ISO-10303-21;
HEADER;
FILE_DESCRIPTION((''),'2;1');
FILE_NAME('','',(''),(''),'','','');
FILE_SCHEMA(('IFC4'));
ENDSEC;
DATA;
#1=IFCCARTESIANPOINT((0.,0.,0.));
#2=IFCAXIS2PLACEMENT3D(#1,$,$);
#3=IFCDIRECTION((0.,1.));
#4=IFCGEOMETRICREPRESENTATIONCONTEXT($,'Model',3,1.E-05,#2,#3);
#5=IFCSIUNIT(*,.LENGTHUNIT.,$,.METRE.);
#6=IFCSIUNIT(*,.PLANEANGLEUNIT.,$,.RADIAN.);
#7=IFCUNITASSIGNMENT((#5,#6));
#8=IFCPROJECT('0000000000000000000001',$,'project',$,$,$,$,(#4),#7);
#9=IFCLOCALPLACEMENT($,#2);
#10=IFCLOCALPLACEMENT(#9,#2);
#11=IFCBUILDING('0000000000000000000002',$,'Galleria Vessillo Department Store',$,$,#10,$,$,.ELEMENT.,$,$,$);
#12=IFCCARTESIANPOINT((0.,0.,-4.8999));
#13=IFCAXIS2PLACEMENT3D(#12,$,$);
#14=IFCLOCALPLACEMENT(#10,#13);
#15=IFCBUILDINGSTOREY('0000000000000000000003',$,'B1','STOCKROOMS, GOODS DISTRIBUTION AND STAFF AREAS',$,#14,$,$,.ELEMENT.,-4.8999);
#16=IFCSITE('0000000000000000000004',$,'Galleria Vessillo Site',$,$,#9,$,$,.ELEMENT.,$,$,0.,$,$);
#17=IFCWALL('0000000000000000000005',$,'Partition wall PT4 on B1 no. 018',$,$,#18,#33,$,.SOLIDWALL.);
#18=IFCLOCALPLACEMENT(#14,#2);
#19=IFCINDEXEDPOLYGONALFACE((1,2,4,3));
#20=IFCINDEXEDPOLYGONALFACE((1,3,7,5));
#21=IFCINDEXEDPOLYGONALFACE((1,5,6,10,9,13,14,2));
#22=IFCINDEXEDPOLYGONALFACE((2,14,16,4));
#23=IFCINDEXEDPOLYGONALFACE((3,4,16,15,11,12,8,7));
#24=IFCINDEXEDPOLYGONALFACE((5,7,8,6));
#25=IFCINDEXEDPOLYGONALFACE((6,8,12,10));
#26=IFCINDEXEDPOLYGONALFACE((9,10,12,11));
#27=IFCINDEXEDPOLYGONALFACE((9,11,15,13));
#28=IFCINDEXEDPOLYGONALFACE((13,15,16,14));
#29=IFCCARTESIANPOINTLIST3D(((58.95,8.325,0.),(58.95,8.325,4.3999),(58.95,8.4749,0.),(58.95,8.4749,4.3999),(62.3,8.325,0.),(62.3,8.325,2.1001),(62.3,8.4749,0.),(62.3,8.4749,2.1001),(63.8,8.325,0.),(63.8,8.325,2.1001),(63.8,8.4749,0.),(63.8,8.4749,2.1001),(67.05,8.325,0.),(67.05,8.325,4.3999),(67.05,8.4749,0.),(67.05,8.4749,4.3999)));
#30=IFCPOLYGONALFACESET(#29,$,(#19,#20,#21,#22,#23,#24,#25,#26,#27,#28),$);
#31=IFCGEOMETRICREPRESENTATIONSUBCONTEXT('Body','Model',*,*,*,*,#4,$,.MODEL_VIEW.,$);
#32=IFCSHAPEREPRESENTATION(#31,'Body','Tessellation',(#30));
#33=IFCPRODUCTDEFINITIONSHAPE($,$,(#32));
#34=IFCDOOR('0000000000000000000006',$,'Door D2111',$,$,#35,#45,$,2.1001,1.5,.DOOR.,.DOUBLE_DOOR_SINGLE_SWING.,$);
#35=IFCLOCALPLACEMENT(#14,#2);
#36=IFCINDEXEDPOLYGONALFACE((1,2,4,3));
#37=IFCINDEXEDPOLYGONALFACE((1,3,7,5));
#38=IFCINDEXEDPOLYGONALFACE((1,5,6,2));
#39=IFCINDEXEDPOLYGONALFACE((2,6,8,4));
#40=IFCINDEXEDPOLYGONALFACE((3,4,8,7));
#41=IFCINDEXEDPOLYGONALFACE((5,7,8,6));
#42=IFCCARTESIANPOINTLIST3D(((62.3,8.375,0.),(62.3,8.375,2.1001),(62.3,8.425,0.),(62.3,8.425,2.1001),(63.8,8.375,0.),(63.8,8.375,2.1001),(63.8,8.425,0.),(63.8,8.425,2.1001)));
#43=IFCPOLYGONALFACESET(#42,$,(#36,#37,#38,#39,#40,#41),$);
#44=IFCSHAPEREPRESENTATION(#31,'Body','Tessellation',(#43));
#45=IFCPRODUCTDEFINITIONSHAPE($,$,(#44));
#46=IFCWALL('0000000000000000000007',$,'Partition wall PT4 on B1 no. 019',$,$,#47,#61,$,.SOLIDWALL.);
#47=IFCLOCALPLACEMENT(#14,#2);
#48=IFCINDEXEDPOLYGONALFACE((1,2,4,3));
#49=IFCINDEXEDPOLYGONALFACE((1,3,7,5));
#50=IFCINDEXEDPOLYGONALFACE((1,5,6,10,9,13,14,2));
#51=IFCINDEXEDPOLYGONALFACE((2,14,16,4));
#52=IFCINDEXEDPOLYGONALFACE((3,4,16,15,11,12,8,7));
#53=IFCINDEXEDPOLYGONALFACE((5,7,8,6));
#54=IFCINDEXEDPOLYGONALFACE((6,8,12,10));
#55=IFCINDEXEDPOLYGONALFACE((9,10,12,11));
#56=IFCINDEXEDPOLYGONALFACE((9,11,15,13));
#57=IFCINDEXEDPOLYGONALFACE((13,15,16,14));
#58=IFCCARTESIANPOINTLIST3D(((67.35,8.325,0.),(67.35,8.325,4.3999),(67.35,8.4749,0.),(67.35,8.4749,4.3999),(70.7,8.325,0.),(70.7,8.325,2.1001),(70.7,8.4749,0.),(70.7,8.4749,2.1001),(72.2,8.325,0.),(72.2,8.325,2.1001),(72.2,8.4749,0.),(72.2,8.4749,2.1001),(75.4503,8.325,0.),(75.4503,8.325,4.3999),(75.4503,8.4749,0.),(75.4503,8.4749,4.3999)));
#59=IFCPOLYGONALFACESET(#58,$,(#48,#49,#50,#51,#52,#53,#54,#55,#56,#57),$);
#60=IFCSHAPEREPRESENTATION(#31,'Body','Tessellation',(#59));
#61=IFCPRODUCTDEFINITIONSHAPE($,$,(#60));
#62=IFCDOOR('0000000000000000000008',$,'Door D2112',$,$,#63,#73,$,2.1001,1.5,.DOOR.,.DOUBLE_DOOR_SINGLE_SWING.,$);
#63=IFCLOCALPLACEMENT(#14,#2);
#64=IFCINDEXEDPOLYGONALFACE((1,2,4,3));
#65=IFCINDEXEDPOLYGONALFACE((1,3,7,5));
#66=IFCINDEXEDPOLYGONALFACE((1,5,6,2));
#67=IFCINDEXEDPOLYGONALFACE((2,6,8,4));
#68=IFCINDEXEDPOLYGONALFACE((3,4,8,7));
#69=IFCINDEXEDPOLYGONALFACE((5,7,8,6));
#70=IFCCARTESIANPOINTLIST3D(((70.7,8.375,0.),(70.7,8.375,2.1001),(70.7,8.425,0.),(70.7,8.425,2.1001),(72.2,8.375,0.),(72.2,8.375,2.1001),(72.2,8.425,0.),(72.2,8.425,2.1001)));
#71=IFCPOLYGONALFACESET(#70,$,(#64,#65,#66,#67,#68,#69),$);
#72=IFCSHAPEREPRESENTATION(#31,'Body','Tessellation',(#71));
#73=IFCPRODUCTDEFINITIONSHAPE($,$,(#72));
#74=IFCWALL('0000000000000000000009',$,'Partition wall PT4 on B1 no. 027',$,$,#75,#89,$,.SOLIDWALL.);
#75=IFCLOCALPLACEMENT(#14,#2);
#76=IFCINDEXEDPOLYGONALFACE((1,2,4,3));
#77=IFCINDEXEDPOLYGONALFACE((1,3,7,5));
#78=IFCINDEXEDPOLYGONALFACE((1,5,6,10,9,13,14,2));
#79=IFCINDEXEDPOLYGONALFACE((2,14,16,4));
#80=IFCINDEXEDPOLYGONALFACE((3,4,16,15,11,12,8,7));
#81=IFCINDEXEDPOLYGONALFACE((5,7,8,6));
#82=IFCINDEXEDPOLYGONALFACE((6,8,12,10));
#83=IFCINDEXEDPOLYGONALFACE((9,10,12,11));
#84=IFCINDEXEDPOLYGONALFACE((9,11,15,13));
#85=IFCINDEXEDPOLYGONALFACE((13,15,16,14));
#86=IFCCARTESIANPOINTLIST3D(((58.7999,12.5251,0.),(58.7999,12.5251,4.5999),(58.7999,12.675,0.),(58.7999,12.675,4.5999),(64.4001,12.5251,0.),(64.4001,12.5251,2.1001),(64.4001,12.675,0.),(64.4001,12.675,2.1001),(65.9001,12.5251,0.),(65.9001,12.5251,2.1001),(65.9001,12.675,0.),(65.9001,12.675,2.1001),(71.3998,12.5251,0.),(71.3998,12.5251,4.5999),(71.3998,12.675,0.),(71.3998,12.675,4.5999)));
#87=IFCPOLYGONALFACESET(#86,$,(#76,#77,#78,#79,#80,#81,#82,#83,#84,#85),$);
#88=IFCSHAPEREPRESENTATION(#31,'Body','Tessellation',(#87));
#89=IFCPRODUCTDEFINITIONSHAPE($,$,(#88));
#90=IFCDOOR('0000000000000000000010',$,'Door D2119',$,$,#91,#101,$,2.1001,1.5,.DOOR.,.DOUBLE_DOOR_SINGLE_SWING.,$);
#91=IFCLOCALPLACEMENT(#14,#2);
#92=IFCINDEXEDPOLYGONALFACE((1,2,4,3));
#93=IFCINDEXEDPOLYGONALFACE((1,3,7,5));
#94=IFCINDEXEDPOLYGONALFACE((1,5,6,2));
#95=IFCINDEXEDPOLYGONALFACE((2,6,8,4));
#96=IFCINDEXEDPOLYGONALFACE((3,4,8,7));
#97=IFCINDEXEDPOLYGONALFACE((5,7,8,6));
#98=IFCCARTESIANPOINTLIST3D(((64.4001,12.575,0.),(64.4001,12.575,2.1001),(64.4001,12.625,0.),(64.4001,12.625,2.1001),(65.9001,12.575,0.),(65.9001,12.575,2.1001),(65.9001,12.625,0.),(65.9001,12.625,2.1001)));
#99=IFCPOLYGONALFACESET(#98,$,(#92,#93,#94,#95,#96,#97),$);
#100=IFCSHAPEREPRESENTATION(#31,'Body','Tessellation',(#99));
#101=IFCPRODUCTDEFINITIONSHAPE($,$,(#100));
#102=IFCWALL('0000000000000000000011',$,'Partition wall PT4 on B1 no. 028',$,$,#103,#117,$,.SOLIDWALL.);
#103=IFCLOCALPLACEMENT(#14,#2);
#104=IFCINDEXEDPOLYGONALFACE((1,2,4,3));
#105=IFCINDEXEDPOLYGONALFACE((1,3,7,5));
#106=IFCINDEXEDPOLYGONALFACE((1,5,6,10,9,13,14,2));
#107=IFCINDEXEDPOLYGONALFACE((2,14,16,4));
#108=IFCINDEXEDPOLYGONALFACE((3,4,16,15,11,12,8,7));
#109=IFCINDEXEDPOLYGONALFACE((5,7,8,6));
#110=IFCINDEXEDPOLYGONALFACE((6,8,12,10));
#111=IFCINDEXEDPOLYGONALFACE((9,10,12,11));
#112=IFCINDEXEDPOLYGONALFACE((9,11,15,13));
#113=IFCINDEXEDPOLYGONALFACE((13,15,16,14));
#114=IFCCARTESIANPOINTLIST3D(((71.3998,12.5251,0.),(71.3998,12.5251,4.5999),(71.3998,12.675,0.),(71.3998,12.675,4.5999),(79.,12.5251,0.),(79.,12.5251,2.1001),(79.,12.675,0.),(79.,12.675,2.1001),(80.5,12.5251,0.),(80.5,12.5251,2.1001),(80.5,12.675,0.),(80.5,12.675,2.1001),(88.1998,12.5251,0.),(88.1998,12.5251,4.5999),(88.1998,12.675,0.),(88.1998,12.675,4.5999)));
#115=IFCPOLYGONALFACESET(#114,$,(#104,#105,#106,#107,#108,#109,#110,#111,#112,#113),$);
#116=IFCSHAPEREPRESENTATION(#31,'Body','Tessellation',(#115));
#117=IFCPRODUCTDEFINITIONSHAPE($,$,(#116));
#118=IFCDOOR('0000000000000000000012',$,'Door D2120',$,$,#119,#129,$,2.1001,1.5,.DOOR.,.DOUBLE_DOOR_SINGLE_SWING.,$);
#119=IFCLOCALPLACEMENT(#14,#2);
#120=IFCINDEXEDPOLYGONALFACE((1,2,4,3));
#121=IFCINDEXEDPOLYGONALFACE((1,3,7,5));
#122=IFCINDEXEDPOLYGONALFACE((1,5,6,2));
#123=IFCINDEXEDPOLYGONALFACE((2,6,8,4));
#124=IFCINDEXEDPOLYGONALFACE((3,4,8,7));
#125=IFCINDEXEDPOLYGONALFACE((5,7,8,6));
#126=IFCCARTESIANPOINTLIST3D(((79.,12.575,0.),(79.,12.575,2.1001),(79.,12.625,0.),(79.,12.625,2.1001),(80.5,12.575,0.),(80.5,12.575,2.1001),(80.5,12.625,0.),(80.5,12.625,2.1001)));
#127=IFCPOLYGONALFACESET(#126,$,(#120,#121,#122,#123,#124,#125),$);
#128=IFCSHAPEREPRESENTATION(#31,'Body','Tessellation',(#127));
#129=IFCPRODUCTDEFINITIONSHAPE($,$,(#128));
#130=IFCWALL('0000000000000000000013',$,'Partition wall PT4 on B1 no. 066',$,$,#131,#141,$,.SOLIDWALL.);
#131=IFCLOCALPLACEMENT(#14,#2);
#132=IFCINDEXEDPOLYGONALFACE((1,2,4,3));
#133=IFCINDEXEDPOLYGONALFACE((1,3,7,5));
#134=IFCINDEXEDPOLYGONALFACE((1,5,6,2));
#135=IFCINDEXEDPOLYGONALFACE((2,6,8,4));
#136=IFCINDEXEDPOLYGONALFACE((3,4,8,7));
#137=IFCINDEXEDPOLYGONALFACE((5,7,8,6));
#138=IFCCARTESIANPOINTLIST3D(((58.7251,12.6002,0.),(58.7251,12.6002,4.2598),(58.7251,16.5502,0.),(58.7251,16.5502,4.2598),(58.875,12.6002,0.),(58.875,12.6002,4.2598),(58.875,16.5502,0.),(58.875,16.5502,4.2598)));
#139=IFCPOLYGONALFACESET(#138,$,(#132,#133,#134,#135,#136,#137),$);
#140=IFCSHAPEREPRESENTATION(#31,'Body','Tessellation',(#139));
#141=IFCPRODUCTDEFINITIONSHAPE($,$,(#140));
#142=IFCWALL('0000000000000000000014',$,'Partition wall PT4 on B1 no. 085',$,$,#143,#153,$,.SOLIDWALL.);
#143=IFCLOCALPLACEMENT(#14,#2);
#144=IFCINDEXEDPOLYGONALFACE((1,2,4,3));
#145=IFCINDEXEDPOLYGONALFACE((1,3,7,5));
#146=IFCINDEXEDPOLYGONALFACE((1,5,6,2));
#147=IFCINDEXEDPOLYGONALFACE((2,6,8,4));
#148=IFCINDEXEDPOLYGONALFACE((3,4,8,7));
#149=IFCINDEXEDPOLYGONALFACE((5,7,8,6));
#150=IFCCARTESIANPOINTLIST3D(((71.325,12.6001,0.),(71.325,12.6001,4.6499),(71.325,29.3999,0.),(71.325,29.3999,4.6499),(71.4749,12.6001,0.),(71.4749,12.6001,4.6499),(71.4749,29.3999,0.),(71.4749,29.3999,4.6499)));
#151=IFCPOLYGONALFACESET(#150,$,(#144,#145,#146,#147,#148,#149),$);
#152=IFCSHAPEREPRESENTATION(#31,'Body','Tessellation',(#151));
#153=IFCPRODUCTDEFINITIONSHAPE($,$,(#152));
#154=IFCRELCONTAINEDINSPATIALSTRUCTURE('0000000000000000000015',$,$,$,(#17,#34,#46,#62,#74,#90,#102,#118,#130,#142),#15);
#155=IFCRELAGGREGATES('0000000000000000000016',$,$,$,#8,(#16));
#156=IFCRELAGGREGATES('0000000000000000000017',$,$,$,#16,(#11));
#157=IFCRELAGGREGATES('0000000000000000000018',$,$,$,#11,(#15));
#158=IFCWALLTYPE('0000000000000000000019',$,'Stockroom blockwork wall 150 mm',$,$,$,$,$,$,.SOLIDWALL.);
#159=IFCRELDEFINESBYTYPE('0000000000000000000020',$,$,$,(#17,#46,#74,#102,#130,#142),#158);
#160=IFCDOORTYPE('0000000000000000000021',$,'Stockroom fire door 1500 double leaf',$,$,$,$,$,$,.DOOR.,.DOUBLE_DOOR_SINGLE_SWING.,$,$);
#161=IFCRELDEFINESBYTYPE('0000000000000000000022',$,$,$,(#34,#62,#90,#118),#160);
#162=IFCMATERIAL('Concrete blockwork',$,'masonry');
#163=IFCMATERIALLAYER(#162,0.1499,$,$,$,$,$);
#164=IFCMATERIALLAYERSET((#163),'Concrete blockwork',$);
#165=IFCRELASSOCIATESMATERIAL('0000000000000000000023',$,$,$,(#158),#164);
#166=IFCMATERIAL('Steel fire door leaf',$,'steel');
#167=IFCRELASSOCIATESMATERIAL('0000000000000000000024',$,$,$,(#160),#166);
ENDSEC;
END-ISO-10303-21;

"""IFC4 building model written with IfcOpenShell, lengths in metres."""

from ifc_helpers import new_model, si_unit, direction, frame, frame_2d, origin, place, context, subcontext, project, spatial, rectangle, extrude, material, layer, layer_set, type_object, element, fill, save


model = new_model("IFC4")

# Units and contexts
model_context = context("Model", 3, precision=1e-05, world=origin(), true_north=direction((0.0, 1.0)))
body_context = subcontext(model_context, "Body", "Model", "MODEL_VIEW")
ifc_project = project(units=[si_unit("LENGTHUNIT", "METRE"), si_unit("PLANEANGLEUNIT", "RADIAN")], contexts=[model_context])

# Site, building, storey
site_placement = place(None, origin())
site = spatial("IfcSite", under=ifc_project, at=site_placement, Name="Galleria Vessillo Site", CompositionType="ELEMENT", RefElevation=0.0)
building_placement = place(site_placement, origin())
building = spatial("IfcBuilding", under=site, at=building_placement, Name="Galleria Vessillo Department Store", CompositionType="ELEMENT")
storey_placement = place(building_placement, frame((0.0, 0.0, -4.8999)))
storey = spatial("IfcBuildingStorey", under=building, at=storey_placement, Name="B1", Description="STOCKROOMS, GOODS DISTRIBUTION AND STAFF AREAS", CompositionType="ELEMENT", Elevation=-4.8999)

# Walls, openings, doors
ifc_material_1 = material(Name="Concrete blockwork", Category="masonry")
ifc_layer_1 = layer(ifc_material_1, 0.1499)
ifc_layer_set_1 = layer_set([ifc_layer_1], Name="Concrete blockwork")
wall_type_1 = type_object("IfcWallType", Name="Stockroom blockwork wall 150 mm", PredefinedType="SOLIDWALL", material=ifc_layer_set_1)
wall_1_placement = place(storey_placement, frame((58.95, 8.3999, 0.0), z_axis=(0.0, 0.0, 1.0), x_axis=(1.0, 0.0, 0.0)))
wall_1 = element("IfcWall", 1, at=wall_1_placement, inside=storey, type_object=wall_type_1, Name="Partition wall PT4 on B1 no. 018", PredefinedType="SOLIDWALL", context=body_context, shape_type="SweptSolid", body=[
    extrude(rectangle(XDim=8.1001, YDim=0.1499, at=frame_2d((4.05, 0.0))), origin(), (0.0, 0.0, 1.0), 4.3999),
])
opening_1_placement = place(wall_1_placement, frame((3.3501, 0.0, 0.0)))
opening_1 = element("IfcOpeningElement", 2, at=opening_1_placement, cuts=wall_1, PredefinedType="OPENING", context=body_context, shape_type="SweptSolid", body=[
    extrude(rectangle(XDim=1.5, YDim=2.1001, at=frame_2d((0.75, 1.05))), frame((0.0, 0.085, 0.0), z_axis=(0.0, -1.0, 0.0), x_axis=(1.0, 0.0, 0.0)), (0.0, 0.0, 1.0), 0.1699),
])
ifc_material_2 = material(Name="Steel fire door leaf", Category="steel")
door_type_1 = type_object("IfcDoorType", Name="Stockroom fire door 1500 double leaf", OperationType="DOUBLE_DOOR_SINGLE_SWING", PredefinedType="DOOR", material=ifc_material_2)
door_1_placement = place(opening_1_placement, frame((1.5, 0.0, 0.0), z_axis=(0.0, 0.0, 1.0), x_axis=(-1.0, 0.0, 0.0)))
door_1 = element("IfcDoor", 3, at=door_1_placement, inside=storey, type_object=door_type_1, Name="Door D2111", OperationType="DOUBLE_DOOR_SINGLE_SWING", OverallHeight=2.1001, OverallWidth=1.5, PredefinedType="DOOR", context=body_context, shape_type="SweptSolid", body=[
    extrude(rectangle(XDim=1.5, YDim=2.1001, at=frame_2d((0.75, 1.05))), frame((0.0, 0.0249, 0.0), z_axis=(0.0, -1.0, 0.0), x_axis=(1.0, 0.0, 0.0)), (0.0, 0.0, 1.0), 0.05),
])
fill(opening_1, door_1)
wall_2_placement = place(storey_placement, frame((67.3499, 8.3999, 0.0), z_axis=(0.0, 0.0, 1.0), x_axis=(1.0, 0.0, 0.0)))
wall_2 = element("IfcWall", 4, at=wall_2_placement, inside=storey, type_object=wall_type_1, Name="Partition wall PT4 on B1 no. 019", PredefinedType="SOLIDWALL", context=body_context, shape_type="SweptSolid", body=[
    extrude(rectangle(XDim=8.1003, YDim=0.1499, at=frame_2d((4.0503, 0.0))), origin(), (0.0, 0.0, 1.0), 4.3999),
])
opening_2_placement = place(wall_2_placement, frame((3.3501, 0.0, 0.0)))
opening_2 = element("IfcOpeningElement", 5, at=opening_2_placement, cuts=wall_2, PredefinedType="OPENING", context=body_context, shape_type="SweptSolid", body=[
    extrude(rectangle(XDim=1.5, YDim=2.1001, at=frame_2d((0.75, 1.05))), frame((0.0, 0.085, 0.0), z_axis=(0.0, -1.0, 0.0), x_axis=(1.0, 0.0, 0.0)), (0.0, 0.0, 1.0), 0.1699),
])
door_2_placement = place(opening_2_placement, frame((1.5, 0.0, 0.0), z_axis=(0.0, 0.0, 1.0), x_axis=(-1.0, 0.0, 0.0)))
door_2 = element("IfcDoor", 6, at=door_2_placement, inside=storey, type_object=door_type_1, Name="Door D2112", OperationType="DOUBLE_DOOR_SINGLE_SWING", OverallHeight=2.1001, OverallWidth=1.5, PredefinedType="DOOR", context=body_context, shape_type="SweptSolid", body=[
    extrude(rectangle(XDim=1.5, YDim=2.1001, at=frame_2d((0.75, 1.05))), frame((0.0, 0.0249, 0.0), z_axis=(0.0, -1.0, 0.0), x_axis=(1.0, 0.0, 0.0)), (0.0, 0.0, 1.0), 0.05),
])
fill(opening_2, door_2)
wall_3_placement = place(storey_placement, frame((58.8, 12.6001, 0.0), z_axis=(0.0, 0.0, 1.0), x_axis=(1.0, 0.0, 0.0)))
wall_3 = element("IfcWall", 7, at=wall_3_placement, inside=storey, type_object=wall_type_1, Name="Partition wall PT4 on B1 no. 027", PredefinedType="SOLIDWALL", context=body_context, shape_type="SweptSolid", body=[
    extrude(rectangle(XDim=12.5999, YDim=0.1499, at=frame_2d((6.2998, 0.0))), origin(), (0.0, 0.0, 1.0), 4.5999),
])
opening_3_placement = place(wall_3_placement, frame((5.6001, 0.0, 0.0)))
opening_3 = element("IfcOpeningElement", 8, at=opening_3_placement, cuts=wall_3, PredefinedType="OPENING", context=body_context, shape_type="SweptSolid", body=[
    extrude(rectangle(XDim=1.5, YDim=2.1001, at=frame_2d((0.75, 1.05))), frame((0.0, 0.085, 0.0), z_axis=(0.0, -1.0, 0.0), x_axis=(1.0, 0.0, 0.0)), (0.0, 0.0, 1.0), 0.1699),
])
door_3_placement = place(opening_3_placement, origin())
door_3 = element("IfcDoor", 9, at=door_3_placement, inside=storey, type_object=door_type_1, Name="Door D2119", OperationType="DOUBLE_DOOR_SINGLE_SWING", OverallHeight=2.1001, OverallWidth=1.5, PredefinedType="DOOR", context=body_context, shape_type="SweptSolid", body=[
    extrude(rectangle(XDim=1.5, YDim=2.1001, at=frame_2d((0.75, 1.05))), frame((0.0, 0.0249, 0.0), z_axis=(0.0, -1.0, 0.0), x_axis=(1.0, 0.0, 0.0)), (0.0, 0.0, 1.0), 0.05),
])
fill(opening_3, door_3)
wall_4_placement = place(storey_placement, frame((71.3999, 12.6001, 0.0), z_axis=(0.0, 0.0, 1.0), x_axis=(1.0, 0.0, 0.0)))
wall_4 = element("IfcWall", 10, at=wall_4_placement, inside=storey, type_object=wall_type_1, Name="Partition wall PT4 on B1 no. 028", PredefinedType="SOLIDWALL", context=body_context, shape_type="SweptSolid", body=[
    extrude(rectangle(XDim=16.8, YDim=0.1499, at=frame_2d((8.3999, 0.0))), origin(), (0.0, 0.0, 1.0), 4.5999),
])
opening_4_placement = place(wall_4_placement, frame((7.6001, 0.0, 0.0)))
opening_4 = element("IfcOpeningElement", 11, at=opening_4_placement, cuts=wall_4, PredefinedType="OPENING", context=body_context, shape_type="SweptSolid", body=[
    extrude(rectangle(XDim=1.5, YDim=2.1001, at=frame_2d((0.75, 1.05))), frame((0.0, 0.085, 0.0), z_axis=(0.0, -1.0, 0.0), x_axis=(1.0, 0.0, 0.0)), (0.0, 0.0, 1.0), 0.1699),
])
door_4_placement = place(opening_4_placement, origin())
door_4 = element("IfcDoor", 12, at=door_4_placement, inside=storey, type_object=door_type_1, Name="Door D2120", OperationType="DOUBLE_DOOR_SINGLE_SWING", OverallHeight=2.1001, OverallWidth=1.5, PredefinedType="DOOR", context=body_context, shape_type="SweptSolid", body=[
    extrude(rectangle(XDim=1.5, YDim=2.1001, at=frame_2d((0.75, 1.05))), frame((0.0, 0.0249, 0.0), z_axis=(0.0, -1.0, 0.0), x_axis=(1.0, 0.0, 0.0)), (0.0, 0.0, 1.0), 0.05),
])
fill(opening_4, door_4)

# Walls
wall_5_placement = place(storey_placement, frame((58.8, 12.6001, 0.0), z_axis=(0.0, 0.0, 1.0), x_axis=(0.0, 1.0, 0.0)))
element("IfcWall", 13, at=wall_5_placement, inside=storey, type_object=wall_type_1, Name="Partition wall PT4 on B1 no. 066", PredefinedType="SOLIDWALL", context=body_context, shape_type="SweptSolid", body=[
    extrude(rectangle(XDim=3.95, YDim=0.1499, at=frame_2d((1.9751, 0.0))), origin(), (0.0, 0.0, 1.0), 4.2598),
])
wall_6_placement = place(storey_placement, frame((71.3999, 12.6001, 0.0), z_axis=(0.0, 0.0, 1.0), x_axis=(0.0, 1.0, 0.0)))
element("IfcWall", 14, at=wall_6_placement, inside=storey, type_object=wall_type_1, Name="Partition wall PT4 on B1 no. 085", PredefinedType="SOLIDWALL", context=body_context, shape_type="SweptSolid", body=[
    extrude(rectangle(XDim=16.7998, YDim=0.1499, at=frame_2d((8.3999, 0.0))), origin(), (0.0, 0.0, 1.0), 4.6499),
])

save(model, "model.ifc")
